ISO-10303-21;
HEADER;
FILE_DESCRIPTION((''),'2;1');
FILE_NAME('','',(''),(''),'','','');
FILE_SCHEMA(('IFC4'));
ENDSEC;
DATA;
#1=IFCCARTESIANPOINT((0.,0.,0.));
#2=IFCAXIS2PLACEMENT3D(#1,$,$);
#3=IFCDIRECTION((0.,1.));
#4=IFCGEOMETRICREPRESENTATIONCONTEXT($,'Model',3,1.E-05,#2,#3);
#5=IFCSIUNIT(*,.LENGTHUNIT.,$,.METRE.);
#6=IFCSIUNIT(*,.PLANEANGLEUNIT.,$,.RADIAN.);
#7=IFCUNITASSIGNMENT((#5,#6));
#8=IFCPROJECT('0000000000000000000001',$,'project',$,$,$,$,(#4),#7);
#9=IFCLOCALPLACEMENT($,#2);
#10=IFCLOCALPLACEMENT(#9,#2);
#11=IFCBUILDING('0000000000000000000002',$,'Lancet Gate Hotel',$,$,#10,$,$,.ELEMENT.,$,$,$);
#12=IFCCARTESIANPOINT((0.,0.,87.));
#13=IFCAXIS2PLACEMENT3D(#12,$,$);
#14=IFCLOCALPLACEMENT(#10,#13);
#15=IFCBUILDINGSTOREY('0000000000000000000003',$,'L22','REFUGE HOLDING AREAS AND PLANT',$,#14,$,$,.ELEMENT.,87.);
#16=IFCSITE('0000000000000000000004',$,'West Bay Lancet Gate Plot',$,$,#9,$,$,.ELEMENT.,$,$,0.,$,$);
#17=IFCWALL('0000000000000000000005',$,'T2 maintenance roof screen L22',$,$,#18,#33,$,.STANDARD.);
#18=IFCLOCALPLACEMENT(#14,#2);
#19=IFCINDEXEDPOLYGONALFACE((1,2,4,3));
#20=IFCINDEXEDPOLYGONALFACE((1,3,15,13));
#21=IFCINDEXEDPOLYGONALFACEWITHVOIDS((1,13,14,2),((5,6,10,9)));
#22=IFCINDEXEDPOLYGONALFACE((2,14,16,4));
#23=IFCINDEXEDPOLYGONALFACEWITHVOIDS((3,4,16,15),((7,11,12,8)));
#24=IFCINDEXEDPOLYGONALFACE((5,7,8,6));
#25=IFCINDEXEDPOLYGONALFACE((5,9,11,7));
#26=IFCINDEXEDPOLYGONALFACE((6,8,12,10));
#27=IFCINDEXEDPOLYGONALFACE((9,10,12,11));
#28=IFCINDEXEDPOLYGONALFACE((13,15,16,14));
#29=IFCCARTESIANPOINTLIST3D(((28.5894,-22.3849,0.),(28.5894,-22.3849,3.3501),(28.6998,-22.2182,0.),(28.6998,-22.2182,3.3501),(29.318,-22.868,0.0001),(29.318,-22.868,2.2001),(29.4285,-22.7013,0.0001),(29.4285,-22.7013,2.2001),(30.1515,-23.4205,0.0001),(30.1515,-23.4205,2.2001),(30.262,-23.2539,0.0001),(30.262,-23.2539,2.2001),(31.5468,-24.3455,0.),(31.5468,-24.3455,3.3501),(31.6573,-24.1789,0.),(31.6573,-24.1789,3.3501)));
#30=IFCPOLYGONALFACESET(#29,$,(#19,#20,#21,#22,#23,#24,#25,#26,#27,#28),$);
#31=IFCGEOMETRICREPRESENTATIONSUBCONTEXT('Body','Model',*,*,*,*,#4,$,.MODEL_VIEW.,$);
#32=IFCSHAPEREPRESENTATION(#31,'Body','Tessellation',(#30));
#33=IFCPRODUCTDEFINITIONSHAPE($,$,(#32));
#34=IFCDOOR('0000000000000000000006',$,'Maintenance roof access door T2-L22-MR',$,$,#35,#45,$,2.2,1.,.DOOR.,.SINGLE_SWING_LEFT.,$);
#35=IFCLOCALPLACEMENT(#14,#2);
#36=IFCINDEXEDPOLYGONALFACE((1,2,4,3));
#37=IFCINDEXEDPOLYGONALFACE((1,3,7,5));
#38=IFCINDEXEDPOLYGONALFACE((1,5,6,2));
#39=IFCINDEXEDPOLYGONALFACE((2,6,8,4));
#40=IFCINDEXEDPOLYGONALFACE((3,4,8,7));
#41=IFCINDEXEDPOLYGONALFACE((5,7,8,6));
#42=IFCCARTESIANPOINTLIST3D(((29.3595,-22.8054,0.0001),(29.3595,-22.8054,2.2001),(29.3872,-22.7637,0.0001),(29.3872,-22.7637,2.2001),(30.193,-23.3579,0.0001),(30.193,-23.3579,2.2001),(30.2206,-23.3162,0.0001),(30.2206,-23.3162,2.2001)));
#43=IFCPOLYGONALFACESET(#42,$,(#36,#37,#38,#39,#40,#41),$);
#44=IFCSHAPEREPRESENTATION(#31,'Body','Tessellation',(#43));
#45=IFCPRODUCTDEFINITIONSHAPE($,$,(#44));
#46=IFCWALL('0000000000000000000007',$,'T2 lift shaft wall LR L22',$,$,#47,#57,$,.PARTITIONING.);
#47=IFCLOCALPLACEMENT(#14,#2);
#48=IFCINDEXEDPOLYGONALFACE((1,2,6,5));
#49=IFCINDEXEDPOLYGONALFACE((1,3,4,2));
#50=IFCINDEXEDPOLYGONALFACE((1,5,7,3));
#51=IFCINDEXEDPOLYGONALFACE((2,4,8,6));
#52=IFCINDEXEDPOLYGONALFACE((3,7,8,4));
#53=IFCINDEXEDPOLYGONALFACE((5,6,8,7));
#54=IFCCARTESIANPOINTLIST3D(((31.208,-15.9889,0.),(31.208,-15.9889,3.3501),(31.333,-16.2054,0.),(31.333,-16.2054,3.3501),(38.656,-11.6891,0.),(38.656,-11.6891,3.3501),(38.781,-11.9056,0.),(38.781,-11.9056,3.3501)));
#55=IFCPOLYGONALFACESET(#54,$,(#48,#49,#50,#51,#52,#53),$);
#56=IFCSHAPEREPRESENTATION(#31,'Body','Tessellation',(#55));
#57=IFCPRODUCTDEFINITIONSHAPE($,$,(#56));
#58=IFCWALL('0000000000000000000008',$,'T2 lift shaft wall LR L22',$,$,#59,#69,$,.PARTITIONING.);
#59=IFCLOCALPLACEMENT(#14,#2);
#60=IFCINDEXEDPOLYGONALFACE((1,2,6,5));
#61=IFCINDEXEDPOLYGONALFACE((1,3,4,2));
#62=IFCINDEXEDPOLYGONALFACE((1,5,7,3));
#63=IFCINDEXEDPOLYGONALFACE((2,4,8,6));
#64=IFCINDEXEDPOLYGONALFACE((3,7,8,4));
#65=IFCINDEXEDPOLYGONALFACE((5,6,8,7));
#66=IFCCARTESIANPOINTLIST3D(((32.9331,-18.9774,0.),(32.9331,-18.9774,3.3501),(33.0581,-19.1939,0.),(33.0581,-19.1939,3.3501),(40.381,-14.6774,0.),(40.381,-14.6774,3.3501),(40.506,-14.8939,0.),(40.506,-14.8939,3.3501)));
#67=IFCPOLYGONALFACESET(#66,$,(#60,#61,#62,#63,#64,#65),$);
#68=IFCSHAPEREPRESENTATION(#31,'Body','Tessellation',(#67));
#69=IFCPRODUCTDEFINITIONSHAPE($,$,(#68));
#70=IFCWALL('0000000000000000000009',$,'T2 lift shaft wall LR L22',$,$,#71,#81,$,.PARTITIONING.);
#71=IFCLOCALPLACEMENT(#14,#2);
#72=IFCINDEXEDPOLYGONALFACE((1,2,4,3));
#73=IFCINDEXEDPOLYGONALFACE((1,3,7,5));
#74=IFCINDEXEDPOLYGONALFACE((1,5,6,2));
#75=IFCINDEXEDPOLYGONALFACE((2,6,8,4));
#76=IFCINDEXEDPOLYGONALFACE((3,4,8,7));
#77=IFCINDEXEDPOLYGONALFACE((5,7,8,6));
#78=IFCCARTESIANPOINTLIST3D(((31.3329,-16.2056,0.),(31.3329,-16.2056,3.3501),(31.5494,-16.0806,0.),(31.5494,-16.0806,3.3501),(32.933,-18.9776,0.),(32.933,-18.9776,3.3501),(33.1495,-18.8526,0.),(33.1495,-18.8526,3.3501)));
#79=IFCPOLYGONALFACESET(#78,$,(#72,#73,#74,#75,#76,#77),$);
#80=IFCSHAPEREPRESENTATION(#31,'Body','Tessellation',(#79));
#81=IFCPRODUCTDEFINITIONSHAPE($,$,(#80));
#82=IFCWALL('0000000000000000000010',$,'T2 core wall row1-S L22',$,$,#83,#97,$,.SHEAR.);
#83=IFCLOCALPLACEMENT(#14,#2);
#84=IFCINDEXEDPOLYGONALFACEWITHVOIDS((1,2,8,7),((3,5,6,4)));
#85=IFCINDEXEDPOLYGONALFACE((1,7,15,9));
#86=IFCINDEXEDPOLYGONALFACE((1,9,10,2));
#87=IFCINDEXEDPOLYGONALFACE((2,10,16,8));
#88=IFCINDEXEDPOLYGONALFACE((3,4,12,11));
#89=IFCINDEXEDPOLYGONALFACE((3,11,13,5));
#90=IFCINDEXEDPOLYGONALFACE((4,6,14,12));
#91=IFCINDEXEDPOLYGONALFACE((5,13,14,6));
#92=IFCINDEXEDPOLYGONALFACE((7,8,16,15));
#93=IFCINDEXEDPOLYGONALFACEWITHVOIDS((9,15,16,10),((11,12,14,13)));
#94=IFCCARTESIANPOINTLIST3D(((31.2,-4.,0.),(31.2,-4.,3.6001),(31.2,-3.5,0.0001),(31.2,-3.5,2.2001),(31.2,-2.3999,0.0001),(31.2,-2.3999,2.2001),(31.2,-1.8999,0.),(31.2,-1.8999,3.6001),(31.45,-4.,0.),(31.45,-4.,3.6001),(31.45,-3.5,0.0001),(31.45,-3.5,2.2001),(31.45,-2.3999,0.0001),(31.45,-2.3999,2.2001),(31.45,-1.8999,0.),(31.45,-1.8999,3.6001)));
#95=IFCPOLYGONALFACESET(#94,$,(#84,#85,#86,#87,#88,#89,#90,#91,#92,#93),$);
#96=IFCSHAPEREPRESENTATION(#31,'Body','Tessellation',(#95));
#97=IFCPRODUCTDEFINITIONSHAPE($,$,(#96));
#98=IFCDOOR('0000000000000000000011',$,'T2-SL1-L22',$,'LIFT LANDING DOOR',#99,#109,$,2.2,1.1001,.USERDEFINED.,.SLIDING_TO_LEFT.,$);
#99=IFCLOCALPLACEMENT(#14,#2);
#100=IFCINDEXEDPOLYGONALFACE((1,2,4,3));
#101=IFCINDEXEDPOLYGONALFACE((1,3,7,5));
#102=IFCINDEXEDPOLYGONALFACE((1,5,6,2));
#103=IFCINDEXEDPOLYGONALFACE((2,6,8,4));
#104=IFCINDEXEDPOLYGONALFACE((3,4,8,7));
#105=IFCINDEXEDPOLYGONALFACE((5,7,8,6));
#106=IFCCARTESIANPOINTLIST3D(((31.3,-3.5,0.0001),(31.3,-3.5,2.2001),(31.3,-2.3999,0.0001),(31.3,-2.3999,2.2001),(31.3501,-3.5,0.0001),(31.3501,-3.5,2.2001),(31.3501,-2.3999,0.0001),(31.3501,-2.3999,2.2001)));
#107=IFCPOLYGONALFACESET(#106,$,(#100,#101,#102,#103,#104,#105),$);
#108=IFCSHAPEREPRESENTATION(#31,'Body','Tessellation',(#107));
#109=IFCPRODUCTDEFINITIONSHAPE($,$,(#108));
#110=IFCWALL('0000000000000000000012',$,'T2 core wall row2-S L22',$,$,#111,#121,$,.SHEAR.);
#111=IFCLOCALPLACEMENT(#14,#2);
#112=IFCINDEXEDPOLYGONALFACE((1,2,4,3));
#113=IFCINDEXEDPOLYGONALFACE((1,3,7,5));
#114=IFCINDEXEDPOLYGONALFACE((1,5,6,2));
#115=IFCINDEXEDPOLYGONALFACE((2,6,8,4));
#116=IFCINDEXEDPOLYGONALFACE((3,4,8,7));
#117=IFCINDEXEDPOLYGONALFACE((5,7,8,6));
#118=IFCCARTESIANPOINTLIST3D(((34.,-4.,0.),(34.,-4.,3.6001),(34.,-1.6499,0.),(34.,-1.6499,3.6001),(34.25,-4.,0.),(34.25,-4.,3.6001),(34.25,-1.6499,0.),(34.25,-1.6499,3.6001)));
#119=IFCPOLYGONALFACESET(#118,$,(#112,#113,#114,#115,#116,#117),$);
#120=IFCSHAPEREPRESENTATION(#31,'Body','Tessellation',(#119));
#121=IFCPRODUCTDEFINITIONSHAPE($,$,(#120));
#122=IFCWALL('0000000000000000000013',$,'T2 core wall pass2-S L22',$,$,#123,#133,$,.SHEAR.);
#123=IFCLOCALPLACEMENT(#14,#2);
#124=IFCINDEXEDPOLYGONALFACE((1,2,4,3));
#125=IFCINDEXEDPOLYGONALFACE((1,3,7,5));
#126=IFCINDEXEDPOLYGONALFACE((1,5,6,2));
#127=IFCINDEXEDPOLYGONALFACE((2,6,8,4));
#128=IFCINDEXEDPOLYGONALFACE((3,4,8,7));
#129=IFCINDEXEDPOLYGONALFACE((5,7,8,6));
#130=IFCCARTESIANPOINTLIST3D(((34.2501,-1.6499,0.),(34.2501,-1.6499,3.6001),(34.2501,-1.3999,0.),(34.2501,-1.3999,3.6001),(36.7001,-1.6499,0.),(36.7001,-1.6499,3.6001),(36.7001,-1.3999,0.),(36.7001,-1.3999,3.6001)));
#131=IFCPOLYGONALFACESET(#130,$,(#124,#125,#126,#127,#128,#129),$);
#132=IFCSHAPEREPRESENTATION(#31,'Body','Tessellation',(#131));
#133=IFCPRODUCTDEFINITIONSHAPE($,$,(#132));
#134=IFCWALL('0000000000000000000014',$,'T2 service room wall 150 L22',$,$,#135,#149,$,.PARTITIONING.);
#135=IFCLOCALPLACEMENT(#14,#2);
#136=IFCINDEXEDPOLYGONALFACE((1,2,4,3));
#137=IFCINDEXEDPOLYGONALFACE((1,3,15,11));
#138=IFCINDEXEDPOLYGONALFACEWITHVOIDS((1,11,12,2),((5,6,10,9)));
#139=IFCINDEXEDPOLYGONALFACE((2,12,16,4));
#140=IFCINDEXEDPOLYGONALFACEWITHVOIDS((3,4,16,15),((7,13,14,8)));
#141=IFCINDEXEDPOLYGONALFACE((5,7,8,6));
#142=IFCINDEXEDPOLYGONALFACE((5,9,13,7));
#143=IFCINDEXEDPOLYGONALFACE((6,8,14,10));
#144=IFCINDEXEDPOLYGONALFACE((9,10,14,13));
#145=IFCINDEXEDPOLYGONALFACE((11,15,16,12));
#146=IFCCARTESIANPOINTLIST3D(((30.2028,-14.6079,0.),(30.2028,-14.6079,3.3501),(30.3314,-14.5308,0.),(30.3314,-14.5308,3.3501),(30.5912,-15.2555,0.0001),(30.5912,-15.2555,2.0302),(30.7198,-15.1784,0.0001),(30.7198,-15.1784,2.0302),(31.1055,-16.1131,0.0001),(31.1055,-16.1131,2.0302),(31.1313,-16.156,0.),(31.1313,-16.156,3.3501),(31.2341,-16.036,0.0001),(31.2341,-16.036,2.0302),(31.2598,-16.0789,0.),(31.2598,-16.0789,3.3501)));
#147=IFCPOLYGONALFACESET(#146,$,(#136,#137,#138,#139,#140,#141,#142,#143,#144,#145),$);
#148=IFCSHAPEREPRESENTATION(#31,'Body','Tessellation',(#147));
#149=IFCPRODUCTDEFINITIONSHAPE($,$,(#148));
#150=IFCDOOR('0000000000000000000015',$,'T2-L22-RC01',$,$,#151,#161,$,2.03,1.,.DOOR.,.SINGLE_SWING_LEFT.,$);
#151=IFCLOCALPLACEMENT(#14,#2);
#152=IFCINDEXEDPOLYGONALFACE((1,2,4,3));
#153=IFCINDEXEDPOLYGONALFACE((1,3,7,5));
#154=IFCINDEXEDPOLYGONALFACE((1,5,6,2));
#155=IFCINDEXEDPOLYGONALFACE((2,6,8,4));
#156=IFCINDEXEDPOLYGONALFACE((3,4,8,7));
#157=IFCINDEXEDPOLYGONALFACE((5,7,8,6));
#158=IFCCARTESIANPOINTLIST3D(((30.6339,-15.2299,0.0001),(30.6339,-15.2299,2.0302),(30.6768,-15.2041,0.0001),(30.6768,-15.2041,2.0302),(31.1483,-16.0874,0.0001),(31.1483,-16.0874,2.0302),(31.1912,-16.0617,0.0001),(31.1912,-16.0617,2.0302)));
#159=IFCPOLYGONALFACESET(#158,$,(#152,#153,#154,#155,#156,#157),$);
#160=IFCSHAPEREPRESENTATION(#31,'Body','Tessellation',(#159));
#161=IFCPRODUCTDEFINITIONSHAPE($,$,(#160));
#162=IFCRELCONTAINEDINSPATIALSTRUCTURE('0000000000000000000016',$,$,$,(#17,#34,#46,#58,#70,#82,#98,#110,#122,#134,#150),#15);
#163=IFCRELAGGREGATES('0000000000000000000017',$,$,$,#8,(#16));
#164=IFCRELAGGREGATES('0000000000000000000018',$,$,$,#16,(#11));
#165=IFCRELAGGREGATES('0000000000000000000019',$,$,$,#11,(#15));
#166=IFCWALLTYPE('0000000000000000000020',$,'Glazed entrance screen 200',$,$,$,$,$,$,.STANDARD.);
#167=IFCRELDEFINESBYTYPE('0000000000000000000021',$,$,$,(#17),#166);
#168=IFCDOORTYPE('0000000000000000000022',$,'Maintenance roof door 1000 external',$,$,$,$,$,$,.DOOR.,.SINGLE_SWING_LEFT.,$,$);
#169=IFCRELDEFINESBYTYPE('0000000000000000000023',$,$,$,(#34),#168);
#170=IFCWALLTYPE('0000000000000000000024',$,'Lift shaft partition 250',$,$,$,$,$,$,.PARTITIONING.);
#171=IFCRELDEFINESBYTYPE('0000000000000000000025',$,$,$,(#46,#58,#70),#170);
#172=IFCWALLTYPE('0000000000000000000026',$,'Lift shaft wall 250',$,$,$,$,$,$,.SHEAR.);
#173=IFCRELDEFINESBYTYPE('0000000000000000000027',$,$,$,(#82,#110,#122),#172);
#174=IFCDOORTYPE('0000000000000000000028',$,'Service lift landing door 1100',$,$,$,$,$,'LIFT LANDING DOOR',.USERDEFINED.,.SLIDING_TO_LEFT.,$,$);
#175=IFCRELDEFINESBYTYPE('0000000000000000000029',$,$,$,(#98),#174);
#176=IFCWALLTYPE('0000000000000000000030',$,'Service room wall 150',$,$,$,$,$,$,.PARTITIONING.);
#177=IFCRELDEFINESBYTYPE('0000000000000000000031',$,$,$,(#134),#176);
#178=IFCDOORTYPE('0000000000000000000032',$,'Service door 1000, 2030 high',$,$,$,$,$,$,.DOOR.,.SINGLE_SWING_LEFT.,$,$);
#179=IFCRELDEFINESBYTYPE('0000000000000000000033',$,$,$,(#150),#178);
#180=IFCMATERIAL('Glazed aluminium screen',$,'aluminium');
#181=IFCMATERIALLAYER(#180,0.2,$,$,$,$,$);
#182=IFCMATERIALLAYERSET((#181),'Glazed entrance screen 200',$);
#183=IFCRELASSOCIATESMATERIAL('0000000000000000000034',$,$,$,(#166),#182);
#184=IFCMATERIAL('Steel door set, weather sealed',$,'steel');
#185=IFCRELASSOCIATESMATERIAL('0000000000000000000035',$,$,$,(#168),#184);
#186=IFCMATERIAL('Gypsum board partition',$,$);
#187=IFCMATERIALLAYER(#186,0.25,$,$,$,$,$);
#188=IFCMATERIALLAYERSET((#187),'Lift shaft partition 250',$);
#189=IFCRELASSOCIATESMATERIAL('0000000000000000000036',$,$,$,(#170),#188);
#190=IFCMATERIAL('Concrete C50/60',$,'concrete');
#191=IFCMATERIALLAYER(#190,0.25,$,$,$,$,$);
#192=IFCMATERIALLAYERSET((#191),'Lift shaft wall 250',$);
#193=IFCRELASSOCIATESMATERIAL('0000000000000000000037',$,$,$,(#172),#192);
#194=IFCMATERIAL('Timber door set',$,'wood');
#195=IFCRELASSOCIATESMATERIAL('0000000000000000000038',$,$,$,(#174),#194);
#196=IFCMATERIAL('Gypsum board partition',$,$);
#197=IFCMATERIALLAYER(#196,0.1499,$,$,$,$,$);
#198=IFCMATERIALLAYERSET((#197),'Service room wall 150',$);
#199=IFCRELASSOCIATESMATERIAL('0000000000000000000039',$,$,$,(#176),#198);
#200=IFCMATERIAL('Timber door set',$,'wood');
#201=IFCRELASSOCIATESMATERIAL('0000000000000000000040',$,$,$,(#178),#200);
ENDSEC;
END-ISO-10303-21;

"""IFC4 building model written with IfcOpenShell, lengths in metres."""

from ifc_helpers import new_model, si_unit, direction, frame, frame_2d, origin, place, context, subcontext, project, spatial, rectangle, extrude, material, layer, layer_set, type_object, element, fill, save


model = new_model("IFC4")

# Units and contexts
model_context = context("Model", 3, precision=1e-05, world=origin(), true_north=direction((0.0, 1.0)))
body_context = subcontext(model_context, "Body", "Model", "MODEL_VIEW")
ifc_project = project(units=[si_unit("LENGTHUNIT", "METRE"), si_unit("PLANEANGLEUNIT", "RADIAN")], contexts=[model_context])

# Site, building, storey
site_placement = place(None, origin())
site = spatial("IfcSite", under=ifc_project, at=site_placement, Name="West Bay Lancet Gate Plot", CompositionType="ELEMENT", RefElevation=0.0)
building_placement = place(site_placement, origin())
building = spatial("IfcBuilding", under=site, at=building_placement, Name="Lancet Gate Hotel", CompositionType="ELEMENT")
storey_placement = place(building_placement, frame((0.0, 0.0, 87.0)))
storey = spatial("IfcBuildingStorey", under=building, at=storey_placement, Name="L22", Description="REFUGE HOLDING AREAS AND PLANT", CompositionType="ELEMENT", Elevation=87.0)

# Wall, opening, door
ifc_material_1 = material(Name="Glazed aluminium screen", Category="aluminium")
ifc_layer_1 = layer(ifc_material_1, 0.2)
ifc_layer_set_1 = layer_set([ifc_layer_1], Name="Glazed entrance screen 200")
wall_type_1 = type_object("IfcWallType", Name="Glazed entrance screen 200", PredefinedType="STANDARD", material=ifc_layer_set_1)
wall_1_placement = place(storey_placement, frame((31.6021, -24.2622, 0.0), z_axis=(0.0, 0.0, 1.0), x_axis=(-0.833477, 0.552555, 0.0)))
wall_1 = element("IfcWall", 1, at=wall_1_placement, inside=storey, type_object=wall_type_1, Name="T2 maintenance roof screen L22", PredefinedType="STANDARD", context=body_context, shape_type="SweptSolid", body=[
    extrude(rectangle(XDim=3.5483, YDim=0.2, at=frame_2d((1.7742, 0.0))), origin(), (0.0, 0.0, 1.0), 3.3501),
])
opening_1_placement = place(wall_1_placement, frame((1.6741, 0.0, 0.0)))
opening_1 = element("IfcOpeningElement", 2, at=opening_1_placement, cuts=wall_1, PredefinedType="OPENING", context=body_context, shape_type="SweptSolid", body=[
    extrude(rectangle(XDim=1.0, YDim=2.2, at=frame_2d((0.5, 1.1001))), frame((0.0, 0.1099, 0.0), z_axis=(0.0, -1.0, 0.0), x_axis=(1.0, 0.0, 0.0)), (0.0, 0.0, 1.0), 0.22),
])
ifc_material_2 = material(Name="Steel door set, weather sealed", Category="steel")
door_type_1 = type_object("IfcDoorType", Name="Maintenance roof door 1000 external", OperationType="SINGLE_SWING_LEFT", PredefinedType="DOOR", material=ifc_material_2)
door_1_placement = place(opening_1_placement, origin())
door_1 = element("IfcDoor", 3, at=door_1_placement, inside=storey, type_object=door_type_1, Name="Maintenance roof access door T2-L22-MR", OperationType="SINGLE_SWING_LEFT", OverallHeight=2.2, OverallWidth=1.0, PredefinedType="DOOR", context=body_context, shape_type="SweptSolid", body=[
    extrude(rectangle(XDim=1.0, YDim=2.2, at=frame_2d((0.5, 1.1001))), frame((0.0, 0.0249, 0.0), z_axis=(0.0, -1.0, 0.0), x_axis=(1.0, 0.0, 0.0)), (0.0, 0.0, 1.0), 0.05),
])
fill(opening_1, door_1)

# Walls
ifc_material_3 = material(Name="Gypsum board partition")
ifc_layer_2 = layer(ifc_material_3, 0.25)
ifc_layer_set_2 = layer_set([ifc_layer_2], Name="Lift shaft partition 250")
wall_type_2 = type_object("IfcWallType", Name="Lift shaft partition 250", PredefinedType="PARTITIONING", material=ifc_layer_set_2)
for number, where, z_axis, x_axis, name in (
    (4, (31.2705, -16.0972, 0.0), (0.0, 0.0, 1.0), (0.86604, 0.499974, 0.0), "T2 lift shaft wall LR L22"),
    (5, (32.9956, -19.0857, 0.0), (0.0, 0.0, 1.0), (0.866028, 0.499995, 0.0), "T2 lift shaft wall LR L22"),
):
    element("IfcWall", number, at=place(storey_placement, frame(where, z_axis=z_axis, x_axis=x_axis)), inside=storey, type_object=wall_type_2, Name=name, PredefinedType="PARTITIONING", context=body_context, shape_type="SweptSolid", body=[
        extrude(rectangle(XDim=8.6001, YDim=0.25, at=frame_2d((4.3, 0.0))), origin(), (0.0, 0.0, 1.0), 3.3501),
    ])
wall_2_placement = place(storey_placement, frame((31.4412, -16.1431, 0.0), z_axis=(0.0, 0.0, 1.0), x_axis=(0.499929, -0.866066, 0.0)))
element("IfcWall", 6, at=wall_2_placement, inside=storey, type_object=wall_type_2, Name="T2 lift shaft wall LR L22", PredefinedType="PARTITIONING", context=body_context, shape_type="SweptSolid", body=[
    extrude(rectangle(XDim=3.2007, YDim=0.25, at=frame_2d((1.6003, 0.0))), origin(), (0.0, 0.0, 1.0), 3.3501),
])

# Wall, opening, door
ifc_material_4 = material(Name="Concrete C50/60", Category="concrete")
ifc_layer_3 = layer(ifc_material_4, 0.25)
ifc_layer_set_3 = layer_set([ifc_layer_3], Name="Lift shaft wall 250")
wall_type_3 = type_object("IfcWallType", Name="Lift shaft wall 250", PredefinedType="SHEAR", material=ifc_layer_set_3)
wall_3_placement = place(storey_placement, frame((31.325, -4.0, 0.0), z_axis=(0.0, 0.0, 1.0), x_axis=(0.0, 1.0, 0.0)))
wall_3 = element("IfcWall", 7, at=wall_3_placement, inside=storey, type_object=wall_type_3, Name="T2 core wall row1-S L22", PredefinedType="SHEAR", context=body_context, shape_type="SweptSolid", body=[
    extrude(rectangle(XDim=2.1001, YDim=0.25, at=frame_2d((1.05, 0.0))), origin(), (0.0, 0.0, 1.0), 3.6001),
])
opening_2_placement = place(wall_3_placement, frame((0.5, 0.0, 0.0)))
opening_2 = element("IfcOpeningElement", 8, at=opening_2_placement, cuts=wall_3, PredefinedType="OPENING", context=body_context, shape_type="SweptSolid", body=[
    extrude(rectangle(XDim=1.1001, YDim=2.2, at=frame_2d((0.55, 1.1001))), frame((0.0, 0.135, 0.0), z_axis=(0.0, -1.0, 0.0), x_axis=(1.0, 0.0, 0.0)), (0.0, 0.0, 1.0), 0.27),
])
ifc_material_5 = material(Name="Timber door set", Category="wood")
door_type_2 = type_object("IfcDoorType", Name="Service lift landing door 1100", ElementType="LIFT LANDING DOOR", OperationType="SLIDING_TO_LEFT", PredefinedType="USERDEFINED", material=ifc_material_5)
door_2_placement = place(opening_2_placement, origin())
door_2 = element("IfcDoor", 9, at=door_2_placement, inside=storey, type_object=door_type_2, Name="T2-SL1-L22", ObjectType="LIFT LANDING DOOR", OperationType="SLIDING_TO_LEFT", OverallHeight=2.2, OverallWidth=1.1001, PredefinedType="USERDEFINED", context=body_context, shape_type="SweptSolid", body=[
    extrude(rectangle(XDim=1.1001, YDim=2.2, at=frame_2d((0.55, 1.1001))), frame((0.0, 0.0249, 0.0), z_axis=(0.0, -1.0, 0.0), x_axis=(1.0, 0.0, 0.0)), (0.0, 0.0, 1.0), 0.05),
])
fill(opening_2, door_2)

# Walls
wall_4_placement = place(storey_placement, frame((34.125, -4.0, 0.0), z_axis=(0.0, 0.0, 1.0), x_axis=(0.0, 1.0, 0.0)))
element("IfcWall", 10, at=wall_4_placement, inside=storey, type_object=wall_type_3, Name="T2 core wall row2-S L22", PredefinedType="SHEAR", context=body_context, shape_type="SweptSolid", body=[
    extrude(rectangle(XDim=2.3501, YDim=0.25, at=frame_2d((1.175, 0.0))), origin(), (0.0, 0.0, 1.0), 3.6001),
])
wall_5_placement = place(storey_placement, frame((34.25, -1.5249, 0.0), z_axis=(0.0, 0.0, 1.0), x_axis=(1.0, 0.0, 0.0)))
element("IfcWall", 11, at=wall_5_placement, inside=storey, type_object=wall_type_3, Name="T2 core wall pass2-S L22", PredefinedType="SHEAR", context=body_context, shape_type="SweptSolid", body=[
    extrude(rectangle(XDim=2.45, YDim=0.25, at=frame_2d((1.2251, 0.0))), origin(), (0.0, 0.0, 1.0), 3.6001),
])

# Wall, opening, door
ifc_material_6 = material(Name="Gypsum board partition")
ifc_layer_4 = layer(ifc_material_6, 0.1499)
ifc_layer_set_4 = layer_set([ifc_layer_4], Name="Service room wall 150")
wall_type_4 = type_object("IfcWallType", Name="Service room wall 150", PredefinedType="PARTITIONING", material=ifc_layer_set_4)
wall_6_placement = place(storey_placement, frame((30.2671, -14.5693, 0.0), z_axis=(0.0, 0.0, 1.0), x_axis=(0.514337, -0.857588, 0.0)))
wall_6 = element("IfcWall", 12, at=wall_6_placement, inside=storey, type_object=wall_type_4, Name="T2 service room wall 150 L22", PredefinedType="PARTITIONING", context=body_context, shape_type="SweptSolid", body=[
    extrude(rectangle(XDim=1.8052, YDim=0.1499, at=frame_2d((0.9026, 0.0))), origin(), (0.0, 0.0, 1.0), 3.3501),
])
opening_3_placement = place(wall_6_placement, frame((0.7551, 0.0, 0.0)))
opening_3 = element("IfcOpeningElement", 13, at=opening_3_placement, cuts=wall_6, PredefinedType="OPENING", context=body_context, shape_type="SweptSolid", body=[
    extrude(rectangle(XDim=1.0, YDim=2.03, at=frame_2d((0.5, 1.0151))), frame((0.0, 0.085, 0.0), z_axis=(0.0, -1.0, 0.0), x_axis=(1.0, 0.0, 0.0)), (0.0, 0.0, 1.0), 0.1699),
])
ifc_material_7 = material(Name="Timber door set", Category="wood")
door_type_3 = type_object("IfcDoorType", Name="Service door 1000, 2030 high", OperationType="SINGLE_SWING_LEFT", PredefinedType="DOOR", material=ifc_material_7)
door_3_placement = place(opening_3_placement, origin())
door_3 = element("IfcDoor", 14, at=door_3_placement, inside=storey, type_object=door_type_3, Name="T2-L22-RC01", OperationType="SINGLE_SWING_LEFT", OverallHeight=2.03, OverallWidth=1.0, PredefinedType="DOOR", context=body_context, shape_type="SweptSolid", body=[
    extrude(rectangle(XDim=1.0, YDim=2.03, at=frame_2d((0.5, 1.0151))), frame((0.0, 0.0249, 0.0), z_axis=(0.0, -1.0, 0.0), x_axis=(1.0, 0.0, 0.0)), (0.0, 0.0, 1.0), 0.05),
])
fill(opening_3, door_3)

save(model, "model.ifc")
